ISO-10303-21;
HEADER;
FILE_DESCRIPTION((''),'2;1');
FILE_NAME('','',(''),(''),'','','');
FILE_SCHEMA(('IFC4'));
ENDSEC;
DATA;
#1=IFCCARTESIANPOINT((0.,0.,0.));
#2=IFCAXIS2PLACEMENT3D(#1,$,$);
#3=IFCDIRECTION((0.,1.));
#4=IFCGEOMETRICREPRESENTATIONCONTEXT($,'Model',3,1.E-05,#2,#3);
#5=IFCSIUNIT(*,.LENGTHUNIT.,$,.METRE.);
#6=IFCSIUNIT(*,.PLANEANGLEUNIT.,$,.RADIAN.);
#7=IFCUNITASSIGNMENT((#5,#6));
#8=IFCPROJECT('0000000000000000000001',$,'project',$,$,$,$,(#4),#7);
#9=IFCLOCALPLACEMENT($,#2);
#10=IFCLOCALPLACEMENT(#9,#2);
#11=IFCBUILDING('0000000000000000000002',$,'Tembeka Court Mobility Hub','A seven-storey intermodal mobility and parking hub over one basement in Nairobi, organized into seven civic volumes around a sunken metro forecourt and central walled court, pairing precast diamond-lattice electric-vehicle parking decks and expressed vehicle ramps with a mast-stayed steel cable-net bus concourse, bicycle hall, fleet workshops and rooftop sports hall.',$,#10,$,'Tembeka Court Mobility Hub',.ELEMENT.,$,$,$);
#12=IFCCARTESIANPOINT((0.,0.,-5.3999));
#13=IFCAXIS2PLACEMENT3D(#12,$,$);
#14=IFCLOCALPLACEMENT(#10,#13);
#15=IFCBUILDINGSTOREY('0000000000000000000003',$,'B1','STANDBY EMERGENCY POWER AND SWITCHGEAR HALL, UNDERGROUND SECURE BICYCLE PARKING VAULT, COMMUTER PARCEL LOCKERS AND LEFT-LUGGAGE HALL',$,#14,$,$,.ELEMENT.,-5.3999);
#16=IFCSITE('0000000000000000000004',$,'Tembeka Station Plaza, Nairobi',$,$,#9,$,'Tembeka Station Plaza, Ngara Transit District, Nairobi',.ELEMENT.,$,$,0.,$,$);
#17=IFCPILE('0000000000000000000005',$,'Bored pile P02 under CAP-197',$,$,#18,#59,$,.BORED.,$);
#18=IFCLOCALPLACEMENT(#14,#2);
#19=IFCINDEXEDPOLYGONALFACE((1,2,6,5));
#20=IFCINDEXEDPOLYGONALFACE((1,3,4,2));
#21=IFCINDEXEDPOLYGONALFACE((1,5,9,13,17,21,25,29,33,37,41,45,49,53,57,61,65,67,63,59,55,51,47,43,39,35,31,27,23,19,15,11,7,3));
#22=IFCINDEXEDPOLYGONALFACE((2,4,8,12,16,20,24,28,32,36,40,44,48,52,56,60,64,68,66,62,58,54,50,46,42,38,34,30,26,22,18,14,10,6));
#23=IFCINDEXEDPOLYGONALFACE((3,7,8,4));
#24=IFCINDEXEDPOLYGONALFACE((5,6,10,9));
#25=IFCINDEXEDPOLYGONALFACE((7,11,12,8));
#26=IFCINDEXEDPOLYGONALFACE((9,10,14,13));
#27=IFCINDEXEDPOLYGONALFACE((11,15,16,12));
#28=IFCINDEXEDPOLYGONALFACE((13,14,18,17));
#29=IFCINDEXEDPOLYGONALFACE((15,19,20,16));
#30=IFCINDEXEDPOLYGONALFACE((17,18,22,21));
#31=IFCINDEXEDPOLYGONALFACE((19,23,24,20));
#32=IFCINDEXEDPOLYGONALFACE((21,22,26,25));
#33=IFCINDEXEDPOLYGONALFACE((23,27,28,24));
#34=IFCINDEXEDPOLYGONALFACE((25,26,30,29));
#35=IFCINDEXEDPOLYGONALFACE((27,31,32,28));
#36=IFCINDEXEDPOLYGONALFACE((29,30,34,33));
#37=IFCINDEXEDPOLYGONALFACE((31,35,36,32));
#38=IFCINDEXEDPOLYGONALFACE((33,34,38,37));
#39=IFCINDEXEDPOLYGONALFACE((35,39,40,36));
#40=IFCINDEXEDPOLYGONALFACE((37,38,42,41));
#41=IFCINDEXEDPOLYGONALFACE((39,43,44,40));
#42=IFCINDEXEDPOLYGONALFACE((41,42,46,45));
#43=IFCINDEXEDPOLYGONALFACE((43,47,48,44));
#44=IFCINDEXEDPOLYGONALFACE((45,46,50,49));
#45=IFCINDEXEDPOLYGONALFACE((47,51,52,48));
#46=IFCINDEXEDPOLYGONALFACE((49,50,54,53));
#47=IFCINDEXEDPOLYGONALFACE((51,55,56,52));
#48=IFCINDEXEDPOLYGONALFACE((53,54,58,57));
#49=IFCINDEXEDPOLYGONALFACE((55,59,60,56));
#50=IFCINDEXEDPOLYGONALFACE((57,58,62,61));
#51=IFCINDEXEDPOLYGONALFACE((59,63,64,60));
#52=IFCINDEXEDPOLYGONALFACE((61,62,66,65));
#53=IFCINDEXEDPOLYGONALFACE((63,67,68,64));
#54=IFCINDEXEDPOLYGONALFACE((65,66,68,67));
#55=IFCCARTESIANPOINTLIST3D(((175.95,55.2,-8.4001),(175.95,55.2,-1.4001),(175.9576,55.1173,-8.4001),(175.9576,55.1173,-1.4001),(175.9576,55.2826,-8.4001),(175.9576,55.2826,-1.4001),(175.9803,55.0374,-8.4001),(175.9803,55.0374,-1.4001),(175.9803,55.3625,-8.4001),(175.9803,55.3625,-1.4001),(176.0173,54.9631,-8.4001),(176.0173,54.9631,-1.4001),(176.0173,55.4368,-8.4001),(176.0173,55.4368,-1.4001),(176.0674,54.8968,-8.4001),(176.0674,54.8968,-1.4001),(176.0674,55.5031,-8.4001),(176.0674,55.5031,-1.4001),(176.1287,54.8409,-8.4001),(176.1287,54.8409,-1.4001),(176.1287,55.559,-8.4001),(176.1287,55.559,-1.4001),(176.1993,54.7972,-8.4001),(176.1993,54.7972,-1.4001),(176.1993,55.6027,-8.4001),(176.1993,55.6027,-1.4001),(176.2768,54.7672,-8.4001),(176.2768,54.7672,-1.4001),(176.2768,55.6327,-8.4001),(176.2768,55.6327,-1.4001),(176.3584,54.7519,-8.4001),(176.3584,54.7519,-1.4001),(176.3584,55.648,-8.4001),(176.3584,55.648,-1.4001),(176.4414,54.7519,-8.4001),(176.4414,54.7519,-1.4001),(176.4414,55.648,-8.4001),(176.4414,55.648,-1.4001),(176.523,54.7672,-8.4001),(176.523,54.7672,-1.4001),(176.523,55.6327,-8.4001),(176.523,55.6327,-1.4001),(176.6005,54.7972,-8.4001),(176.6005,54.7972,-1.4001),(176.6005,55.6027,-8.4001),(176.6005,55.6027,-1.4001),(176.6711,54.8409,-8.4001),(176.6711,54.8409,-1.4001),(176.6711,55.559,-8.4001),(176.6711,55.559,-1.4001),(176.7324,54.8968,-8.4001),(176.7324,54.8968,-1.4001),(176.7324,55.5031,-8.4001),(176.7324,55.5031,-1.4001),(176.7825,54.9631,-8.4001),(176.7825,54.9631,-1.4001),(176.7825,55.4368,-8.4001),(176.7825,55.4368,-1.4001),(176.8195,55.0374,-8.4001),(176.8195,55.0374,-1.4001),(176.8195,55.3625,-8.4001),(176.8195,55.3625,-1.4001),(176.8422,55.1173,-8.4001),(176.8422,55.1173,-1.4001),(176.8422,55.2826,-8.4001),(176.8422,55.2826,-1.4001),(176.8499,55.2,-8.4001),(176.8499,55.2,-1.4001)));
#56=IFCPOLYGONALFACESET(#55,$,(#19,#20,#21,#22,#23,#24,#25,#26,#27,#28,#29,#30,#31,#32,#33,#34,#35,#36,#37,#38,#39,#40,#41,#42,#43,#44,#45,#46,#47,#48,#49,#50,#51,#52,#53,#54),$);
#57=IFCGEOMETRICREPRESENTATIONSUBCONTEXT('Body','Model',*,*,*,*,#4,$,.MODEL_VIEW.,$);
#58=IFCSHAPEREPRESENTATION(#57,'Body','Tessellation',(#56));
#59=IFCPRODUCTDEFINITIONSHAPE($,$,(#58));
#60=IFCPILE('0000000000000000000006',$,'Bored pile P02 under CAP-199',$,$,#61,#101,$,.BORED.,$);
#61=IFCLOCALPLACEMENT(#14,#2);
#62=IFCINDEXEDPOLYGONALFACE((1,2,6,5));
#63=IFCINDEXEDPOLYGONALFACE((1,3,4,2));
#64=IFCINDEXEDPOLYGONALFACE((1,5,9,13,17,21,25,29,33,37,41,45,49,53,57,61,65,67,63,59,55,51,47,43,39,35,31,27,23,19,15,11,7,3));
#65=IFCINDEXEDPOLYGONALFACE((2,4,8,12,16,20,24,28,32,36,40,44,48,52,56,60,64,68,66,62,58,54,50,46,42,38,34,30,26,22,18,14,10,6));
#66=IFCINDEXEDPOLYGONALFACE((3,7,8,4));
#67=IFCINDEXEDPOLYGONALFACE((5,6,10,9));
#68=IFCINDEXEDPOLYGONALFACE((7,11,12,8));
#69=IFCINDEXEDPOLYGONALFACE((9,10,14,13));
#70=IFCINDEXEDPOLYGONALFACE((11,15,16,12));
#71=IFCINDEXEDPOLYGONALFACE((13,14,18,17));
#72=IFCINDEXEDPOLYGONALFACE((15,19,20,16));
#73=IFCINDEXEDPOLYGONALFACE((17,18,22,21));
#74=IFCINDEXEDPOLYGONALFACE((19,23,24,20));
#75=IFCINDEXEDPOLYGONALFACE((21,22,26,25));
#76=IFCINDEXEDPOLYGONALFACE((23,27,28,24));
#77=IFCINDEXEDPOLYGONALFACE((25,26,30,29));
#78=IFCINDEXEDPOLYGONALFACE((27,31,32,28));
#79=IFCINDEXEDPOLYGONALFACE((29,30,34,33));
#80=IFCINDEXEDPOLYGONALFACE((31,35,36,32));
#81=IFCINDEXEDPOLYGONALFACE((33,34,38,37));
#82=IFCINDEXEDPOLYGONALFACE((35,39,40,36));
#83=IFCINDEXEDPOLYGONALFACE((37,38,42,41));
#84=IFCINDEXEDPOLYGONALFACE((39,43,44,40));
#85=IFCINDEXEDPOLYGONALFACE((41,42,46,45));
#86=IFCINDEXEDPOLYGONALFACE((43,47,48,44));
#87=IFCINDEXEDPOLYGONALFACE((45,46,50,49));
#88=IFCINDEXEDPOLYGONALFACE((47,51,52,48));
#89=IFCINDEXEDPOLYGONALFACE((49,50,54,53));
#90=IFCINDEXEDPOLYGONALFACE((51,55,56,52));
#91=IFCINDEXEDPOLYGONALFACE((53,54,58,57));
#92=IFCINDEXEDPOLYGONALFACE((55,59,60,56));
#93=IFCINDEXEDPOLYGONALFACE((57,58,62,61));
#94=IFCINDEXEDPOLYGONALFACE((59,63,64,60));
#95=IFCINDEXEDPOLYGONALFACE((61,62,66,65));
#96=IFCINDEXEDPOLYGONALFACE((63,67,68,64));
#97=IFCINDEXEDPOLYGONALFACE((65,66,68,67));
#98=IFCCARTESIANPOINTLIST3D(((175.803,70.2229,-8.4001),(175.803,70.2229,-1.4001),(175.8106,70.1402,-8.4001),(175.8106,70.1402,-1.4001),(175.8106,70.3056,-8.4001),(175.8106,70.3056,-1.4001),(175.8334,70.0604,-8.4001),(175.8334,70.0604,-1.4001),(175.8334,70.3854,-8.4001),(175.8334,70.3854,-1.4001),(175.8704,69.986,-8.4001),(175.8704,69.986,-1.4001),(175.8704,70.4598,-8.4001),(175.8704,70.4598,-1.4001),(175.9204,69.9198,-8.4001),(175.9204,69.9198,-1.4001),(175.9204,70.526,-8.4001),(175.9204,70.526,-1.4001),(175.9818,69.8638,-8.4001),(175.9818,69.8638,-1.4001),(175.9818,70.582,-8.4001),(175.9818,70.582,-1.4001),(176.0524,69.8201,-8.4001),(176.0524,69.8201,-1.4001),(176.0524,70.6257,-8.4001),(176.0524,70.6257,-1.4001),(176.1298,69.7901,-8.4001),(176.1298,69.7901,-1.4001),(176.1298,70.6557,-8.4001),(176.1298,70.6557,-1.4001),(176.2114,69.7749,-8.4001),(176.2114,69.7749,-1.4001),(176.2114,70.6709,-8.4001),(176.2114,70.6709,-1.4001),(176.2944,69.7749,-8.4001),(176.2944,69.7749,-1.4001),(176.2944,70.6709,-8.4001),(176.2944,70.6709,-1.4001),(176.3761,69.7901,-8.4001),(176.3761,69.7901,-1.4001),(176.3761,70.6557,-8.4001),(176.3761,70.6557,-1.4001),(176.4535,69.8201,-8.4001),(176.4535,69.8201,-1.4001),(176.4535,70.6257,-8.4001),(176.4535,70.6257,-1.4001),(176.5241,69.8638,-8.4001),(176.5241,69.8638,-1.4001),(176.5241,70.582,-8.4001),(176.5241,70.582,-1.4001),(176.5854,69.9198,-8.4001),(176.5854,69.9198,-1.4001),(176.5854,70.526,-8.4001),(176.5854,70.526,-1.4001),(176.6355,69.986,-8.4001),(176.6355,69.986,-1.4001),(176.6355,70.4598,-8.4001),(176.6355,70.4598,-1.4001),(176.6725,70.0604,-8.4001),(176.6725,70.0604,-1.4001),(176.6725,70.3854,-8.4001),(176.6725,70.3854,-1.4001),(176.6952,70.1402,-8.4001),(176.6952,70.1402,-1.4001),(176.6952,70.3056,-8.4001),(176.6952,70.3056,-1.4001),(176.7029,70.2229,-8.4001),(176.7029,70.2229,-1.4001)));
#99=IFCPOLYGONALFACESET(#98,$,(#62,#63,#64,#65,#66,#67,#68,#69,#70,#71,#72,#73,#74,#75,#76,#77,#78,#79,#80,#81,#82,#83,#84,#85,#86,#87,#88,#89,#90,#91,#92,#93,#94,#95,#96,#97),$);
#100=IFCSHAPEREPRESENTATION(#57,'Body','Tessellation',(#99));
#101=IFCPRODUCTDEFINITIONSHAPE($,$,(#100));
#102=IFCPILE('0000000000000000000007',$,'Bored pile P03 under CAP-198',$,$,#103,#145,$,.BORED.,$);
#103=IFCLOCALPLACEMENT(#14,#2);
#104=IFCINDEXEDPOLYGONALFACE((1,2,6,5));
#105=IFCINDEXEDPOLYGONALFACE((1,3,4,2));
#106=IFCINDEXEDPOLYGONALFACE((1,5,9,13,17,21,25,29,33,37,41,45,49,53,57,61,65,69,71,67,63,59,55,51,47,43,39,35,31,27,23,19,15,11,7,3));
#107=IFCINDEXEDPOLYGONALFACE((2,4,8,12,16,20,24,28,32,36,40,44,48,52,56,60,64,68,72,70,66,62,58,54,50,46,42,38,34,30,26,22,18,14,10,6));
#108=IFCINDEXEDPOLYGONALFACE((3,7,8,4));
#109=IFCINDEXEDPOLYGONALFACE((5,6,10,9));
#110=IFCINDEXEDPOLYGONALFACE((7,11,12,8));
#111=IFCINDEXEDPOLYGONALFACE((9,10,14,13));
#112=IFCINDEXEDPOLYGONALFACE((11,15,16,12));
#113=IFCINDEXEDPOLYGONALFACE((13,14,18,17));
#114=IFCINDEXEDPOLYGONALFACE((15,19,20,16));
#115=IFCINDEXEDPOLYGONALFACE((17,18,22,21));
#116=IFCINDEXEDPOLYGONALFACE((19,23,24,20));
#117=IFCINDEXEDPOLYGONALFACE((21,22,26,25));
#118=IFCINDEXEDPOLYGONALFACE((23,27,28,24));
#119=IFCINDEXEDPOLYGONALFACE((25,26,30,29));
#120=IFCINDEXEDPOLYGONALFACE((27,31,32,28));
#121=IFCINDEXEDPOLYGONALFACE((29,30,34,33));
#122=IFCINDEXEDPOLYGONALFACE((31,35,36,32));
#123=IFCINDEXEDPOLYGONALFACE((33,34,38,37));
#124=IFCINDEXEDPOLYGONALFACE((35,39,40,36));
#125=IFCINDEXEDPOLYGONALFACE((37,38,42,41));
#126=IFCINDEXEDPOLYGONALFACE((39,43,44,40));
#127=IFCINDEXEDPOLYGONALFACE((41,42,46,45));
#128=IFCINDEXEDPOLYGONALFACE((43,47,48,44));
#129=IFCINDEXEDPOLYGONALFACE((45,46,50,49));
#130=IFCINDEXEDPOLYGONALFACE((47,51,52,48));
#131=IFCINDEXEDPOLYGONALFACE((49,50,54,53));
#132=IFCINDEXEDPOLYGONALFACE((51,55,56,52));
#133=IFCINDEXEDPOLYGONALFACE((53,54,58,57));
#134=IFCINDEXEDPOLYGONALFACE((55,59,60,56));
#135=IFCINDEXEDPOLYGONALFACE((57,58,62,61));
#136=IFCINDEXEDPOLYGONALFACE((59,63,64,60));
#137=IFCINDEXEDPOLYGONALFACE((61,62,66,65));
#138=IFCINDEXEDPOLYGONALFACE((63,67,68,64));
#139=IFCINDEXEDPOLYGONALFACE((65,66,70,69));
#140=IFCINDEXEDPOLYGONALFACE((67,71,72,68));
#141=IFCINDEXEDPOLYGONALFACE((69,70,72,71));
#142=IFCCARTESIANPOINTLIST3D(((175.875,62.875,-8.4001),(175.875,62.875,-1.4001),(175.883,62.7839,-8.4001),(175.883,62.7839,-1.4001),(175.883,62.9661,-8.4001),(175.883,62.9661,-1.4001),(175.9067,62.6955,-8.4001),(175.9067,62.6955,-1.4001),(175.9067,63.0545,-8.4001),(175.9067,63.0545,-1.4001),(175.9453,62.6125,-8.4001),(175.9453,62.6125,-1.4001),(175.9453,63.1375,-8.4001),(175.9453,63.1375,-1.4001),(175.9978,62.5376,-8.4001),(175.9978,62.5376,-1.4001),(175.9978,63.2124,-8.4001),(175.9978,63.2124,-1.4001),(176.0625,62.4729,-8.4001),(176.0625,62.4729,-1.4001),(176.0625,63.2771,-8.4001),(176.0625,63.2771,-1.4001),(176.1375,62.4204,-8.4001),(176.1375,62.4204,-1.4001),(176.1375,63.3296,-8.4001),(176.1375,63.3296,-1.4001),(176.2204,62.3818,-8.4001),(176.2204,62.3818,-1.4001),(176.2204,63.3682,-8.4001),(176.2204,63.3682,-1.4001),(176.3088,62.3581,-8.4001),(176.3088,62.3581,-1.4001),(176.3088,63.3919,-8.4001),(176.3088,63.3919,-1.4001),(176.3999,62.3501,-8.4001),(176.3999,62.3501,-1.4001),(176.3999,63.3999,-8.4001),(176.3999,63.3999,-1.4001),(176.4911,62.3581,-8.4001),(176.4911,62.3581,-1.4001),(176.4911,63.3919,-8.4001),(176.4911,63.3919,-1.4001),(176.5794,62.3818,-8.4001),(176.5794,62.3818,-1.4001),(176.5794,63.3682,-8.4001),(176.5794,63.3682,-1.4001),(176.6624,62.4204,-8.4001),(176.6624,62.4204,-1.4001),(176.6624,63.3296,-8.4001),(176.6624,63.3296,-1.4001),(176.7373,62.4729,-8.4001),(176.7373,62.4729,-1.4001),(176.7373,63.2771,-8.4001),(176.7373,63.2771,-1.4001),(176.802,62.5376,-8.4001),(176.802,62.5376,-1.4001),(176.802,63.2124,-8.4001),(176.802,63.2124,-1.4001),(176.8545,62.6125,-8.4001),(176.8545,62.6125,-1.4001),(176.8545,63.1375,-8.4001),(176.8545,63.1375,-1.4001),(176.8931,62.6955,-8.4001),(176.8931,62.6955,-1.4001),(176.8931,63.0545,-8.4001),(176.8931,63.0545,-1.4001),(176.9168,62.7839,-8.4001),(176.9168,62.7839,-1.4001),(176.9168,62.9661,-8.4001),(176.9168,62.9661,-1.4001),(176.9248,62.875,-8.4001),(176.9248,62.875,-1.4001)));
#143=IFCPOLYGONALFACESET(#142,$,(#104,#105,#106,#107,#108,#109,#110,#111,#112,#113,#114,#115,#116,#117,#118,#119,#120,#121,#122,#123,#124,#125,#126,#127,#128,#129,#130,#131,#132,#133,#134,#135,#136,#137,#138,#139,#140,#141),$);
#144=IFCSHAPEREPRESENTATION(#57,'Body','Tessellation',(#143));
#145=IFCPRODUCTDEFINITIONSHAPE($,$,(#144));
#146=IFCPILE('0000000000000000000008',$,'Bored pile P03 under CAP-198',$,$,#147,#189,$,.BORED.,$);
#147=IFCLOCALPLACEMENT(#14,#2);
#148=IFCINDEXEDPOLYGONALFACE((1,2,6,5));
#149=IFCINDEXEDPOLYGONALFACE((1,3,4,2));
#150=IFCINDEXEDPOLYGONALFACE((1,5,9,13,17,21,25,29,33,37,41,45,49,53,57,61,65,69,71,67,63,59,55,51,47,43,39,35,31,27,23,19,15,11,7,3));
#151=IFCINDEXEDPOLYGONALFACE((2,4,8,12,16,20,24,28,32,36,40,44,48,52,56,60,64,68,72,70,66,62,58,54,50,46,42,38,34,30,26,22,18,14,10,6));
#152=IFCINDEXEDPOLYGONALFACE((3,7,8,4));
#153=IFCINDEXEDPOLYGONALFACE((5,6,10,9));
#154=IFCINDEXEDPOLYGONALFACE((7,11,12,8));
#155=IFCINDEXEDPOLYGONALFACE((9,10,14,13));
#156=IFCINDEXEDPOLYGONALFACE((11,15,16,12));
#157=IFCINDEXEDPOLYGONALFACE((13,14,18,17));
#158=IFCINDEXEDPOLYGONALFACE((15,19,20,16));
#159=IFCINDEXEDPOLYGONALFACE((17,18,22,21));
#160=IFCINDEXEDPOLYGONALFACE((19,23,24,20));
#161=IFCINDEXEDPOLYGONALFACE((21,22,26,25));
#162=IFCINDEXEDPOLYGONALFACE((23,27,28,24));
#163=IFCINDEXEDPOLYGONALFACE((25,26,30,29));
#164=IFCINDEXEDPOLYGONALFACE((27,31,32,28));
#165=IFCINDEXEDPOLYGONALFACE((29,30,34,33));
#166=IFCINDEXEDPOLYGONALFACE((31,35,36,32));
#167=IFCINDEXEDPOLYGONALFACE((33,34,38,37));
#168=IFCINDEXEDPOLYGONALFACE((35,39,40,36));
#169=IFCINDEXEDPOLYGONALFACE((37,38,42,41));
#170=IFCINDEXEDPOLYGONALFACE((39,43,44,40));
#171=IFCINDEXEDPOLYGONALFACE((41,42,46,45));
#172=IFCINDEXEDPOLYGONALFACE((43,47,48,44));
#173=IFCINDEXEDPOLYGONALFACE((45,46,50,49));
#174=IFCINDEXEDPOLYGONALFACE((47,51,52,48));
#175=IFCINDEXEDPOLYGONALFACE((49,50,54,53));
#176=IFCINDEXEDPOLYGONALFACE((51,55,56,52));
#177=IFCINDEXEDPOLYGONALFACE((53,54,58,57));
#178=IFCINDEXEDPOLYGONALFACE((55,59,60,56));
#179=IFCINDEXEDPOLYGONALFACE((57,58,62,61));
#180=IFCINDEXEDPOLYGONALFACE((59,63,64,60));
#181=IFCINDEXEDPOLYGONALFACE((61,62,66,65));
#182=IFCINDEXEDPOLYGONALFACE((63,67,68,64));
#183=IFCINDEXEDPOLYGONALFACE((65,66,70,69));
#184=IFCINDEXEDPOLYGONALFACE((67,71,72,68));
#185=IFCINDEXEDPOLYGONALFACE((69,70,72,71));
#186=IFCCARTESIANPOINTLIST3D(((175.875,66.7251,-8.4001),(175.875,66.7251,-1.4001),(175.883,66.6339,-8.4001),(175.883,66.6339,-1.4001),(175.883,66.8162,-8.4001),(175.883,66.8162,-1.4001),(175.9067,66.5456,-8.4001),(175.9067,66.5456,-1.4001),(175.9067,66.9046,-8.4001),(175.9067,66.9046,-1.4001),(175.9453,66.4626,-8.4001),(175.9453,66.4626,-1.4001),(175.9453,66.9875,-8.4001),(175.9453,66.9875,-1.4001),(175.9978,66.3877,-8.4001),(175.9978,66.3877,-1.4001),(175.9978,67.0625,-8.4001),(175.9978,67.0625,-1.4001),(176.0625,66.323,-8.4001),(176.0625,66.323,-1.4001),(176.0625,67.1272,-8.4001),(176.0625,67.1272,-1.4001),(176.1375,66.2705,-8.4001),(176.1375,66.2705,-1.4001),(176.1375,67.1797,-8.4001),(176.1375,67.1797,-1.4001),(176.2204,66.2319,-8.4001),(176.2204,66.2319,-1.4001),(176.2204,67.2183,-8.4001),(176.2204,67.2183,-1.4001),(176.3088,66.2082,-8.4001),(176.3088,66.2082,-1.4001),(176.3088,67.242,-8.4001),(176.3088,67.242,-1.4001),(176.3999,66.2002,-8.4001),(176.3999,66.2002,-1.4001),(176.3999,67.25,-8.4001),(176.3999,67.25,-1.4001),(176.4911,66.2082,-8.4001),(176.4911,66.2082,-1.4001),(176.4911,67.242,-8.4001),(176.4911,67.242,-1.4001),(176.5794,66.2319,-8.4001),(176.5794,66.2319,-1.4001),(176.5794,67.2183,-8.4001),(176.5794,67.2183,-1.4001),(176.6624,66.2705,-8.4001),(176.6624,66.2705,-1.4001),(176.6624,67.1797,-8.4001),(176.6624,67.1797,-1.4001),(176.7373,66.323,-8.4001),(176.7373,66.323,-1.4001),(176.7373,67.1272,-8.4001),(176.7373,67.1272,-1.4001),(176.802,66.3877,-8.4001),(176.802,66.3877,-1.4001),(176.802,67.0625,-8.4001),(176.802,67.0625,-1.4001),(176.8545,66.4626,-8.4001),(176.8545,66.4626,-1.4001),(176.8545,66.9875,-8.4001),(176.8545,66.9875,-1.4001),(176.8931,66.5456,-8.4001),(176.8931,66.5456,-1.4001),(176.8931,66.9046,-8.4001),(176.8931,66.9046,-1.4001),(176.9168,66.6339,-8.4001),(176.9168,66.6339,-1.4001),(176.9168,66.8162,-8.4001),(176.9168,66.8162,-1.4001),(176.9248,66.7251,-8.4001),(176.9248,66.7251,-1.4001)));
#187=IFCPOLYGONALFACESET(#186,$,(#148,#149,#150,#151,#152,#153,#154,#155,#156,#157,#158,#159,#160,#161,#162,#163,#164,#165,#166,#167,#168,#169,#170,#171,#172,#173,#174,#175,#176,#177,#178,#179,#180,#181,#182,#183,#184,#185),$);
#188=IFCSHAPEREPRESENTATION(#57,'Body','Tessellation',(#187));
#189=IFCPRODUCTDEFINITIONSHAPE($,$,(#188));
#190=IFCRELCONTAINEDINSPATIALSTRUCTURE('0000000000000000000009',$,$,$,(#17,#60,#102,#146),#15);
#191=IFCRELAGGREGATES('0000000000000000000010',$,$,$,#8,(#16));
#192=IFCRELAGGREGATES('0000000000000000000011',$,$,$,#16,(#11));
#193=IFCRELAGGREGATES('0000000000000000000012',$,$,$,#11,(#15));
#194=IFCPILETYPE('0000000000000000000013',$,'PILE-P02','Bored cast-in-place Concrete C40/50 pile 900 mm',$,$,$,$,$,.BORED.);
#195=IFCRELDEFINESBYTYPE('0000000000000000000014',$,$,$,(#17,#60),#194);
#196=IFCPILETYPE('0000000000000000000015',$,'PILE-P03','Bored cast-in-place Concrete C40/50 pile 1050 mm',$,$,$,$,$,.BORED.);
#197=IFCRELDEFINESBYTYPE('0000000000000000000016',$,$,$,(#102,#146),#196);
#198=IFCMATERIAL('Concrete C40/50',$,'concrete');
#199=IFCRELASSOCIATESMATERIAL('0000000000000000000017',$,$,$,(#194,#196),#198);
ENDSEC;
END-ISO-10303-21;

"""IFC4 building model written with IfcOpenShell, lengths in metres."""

from ifc_helpers import new_model, si_unit, direction, frame, origin, origin_2d, place, context, subcontext, project, spatial, circle, extrude, material, material_profile, profile_set, type_object, element, save


model = new_model("IFC4")

# Units and contexts
model_context = context("Model", 3, precision=1e-05, world=origin(), true_north=direction((0.0, 1.0)))
body_context = subcontext(model_context, "Body", "Model", "MODEL_VIEW")
ifc_project = project(units=[si_unit("LENGTHUNIT", "METRE"), si_unit("PLANEANGLEUNIT", "RADIAN")], contexts=[model_context])

# Site, building, storey
site_placement = place(None, origin())
site = spatial("IfcSite", under=ifc_project, at=site_placement, Name="Tembeka Station Plaza, Nairobi", LongName="Tembeka Station Plaza, Ngara Transit District, Nairobi", CompositionType="ELEMENT", RefElevation=0.0)
building_placement = place(site_placement, origin())
building = spatial("IfcBuilding", under=site, at=building_placement, Name="Tembeka Court Mobility Hub", Description="A seven-storey intermodal mobility and parking hub over one basement in Nairobi, organized into seven civic volumes around a sunken metro forecourt and central walled court, pairing precast diamond-lattice electric-vehicle parking decks and expressed vehicle ramps with a mast-stayed steel cable-net bus concourse, bicycle hall, fleet workshops and rooftop sports hall.", LongName="Tembeka Court Mobility Hub", CompositionType="ELEMENT")
storey_placement = place(building_placement, frame((0.0, 0.0, -5.3999)))
storey = spatial("IfcBuildingStorey", under=building, at=storey_placement, Name="B1", Description="STANDBY EMERGENCY POWER AND SWITCHGEAR HALL, UNDERGROUND SECURE BICYCLE PARKING VAULT, COMMUTER PARCEL LOCKERS AND LEFT-LUGGAGE HALL", CompositionType="ELEMENT", Elevation=-5.3999)

# Shared definitions
ifc_material_1 = material(Name="Concrete C40/50", Category="concrete")

# Piles
ifc_material_profile_1 = material_profile(ifc_material_1, circle(Radius=0.45, at=origin_2d()), Name="PILE D900")
ifc_profile_set_1 = profile_set([ifc_material_profile_1], Name="Concrete C40/50")
pile_type_1 = type_object("IfcPileType", Name="PILE-P02", Description="Bored cast-in-place Concrete C40/50 pile 900 mm", PredefinedType="BORED", material=ifc_profile_set_1)
for number, where, z_axis, x_axis, name in (
    (1, (176.3999, 55.2, -1.4001), (0.0, 0.0, -1.0), (1.0, 0.0, 0.0), "Bored pile P02 under CAP-197"),
    (2, (176.2529, 70.2229, -1.4001), (0.0, 0.0, -1.0), (1.0, 0.0, 0.0), "Bored pile P02 under CAP-199"),
):
    element("IfcPile", number, at=place(storey_placement, frame(where, z_axis=z_axis, x_axis=x_axis)), inside=storey, type_object=pile_type_1, Name=name, PredefinedType="BORED", context=body_context, shape_type="SweptSolid", body=[
        extrude(circle(Radius=0.45, at=origin_2d()), origin(), (0.0, 0.0, 1.0), 7.0),
    ])
ifc_material_profile_2 = material_profile(ifc_material_1, circle(Radius=0.5249, at=origin_2d()), Name="PILE D1050")
ifc_profile_set_2 = profile_set([ifc_material_profile_2], Name="Concrete C40/50")
pile_type_2 = type_object("IfcPileType", Name="PILE-P03", Description="Bored cast-in-place Concrete C40/50 pile 1050 mm", PredefinedType="BORED", material=ifc_profile_set_2)
for number, where, z_axis, x_axis, name in (
    (3, (176.3999, 62.875, -1.4001), (0.0, 0.0, -1.0), (1.0, 0.0, 0.0), "Bored pile P03 under CAP-198"),
    (4, (176.3999, 66.7251, -1.4001), (0.0, 0.0, -1.0), (1.0, 0.0, 0.0), "Bored pile P03 under CAP-198"),
):
    element("IfcPile", number, at=place(storey_placement, frame(where, z_axis=z_axis, x_axis=x_axis)), inside=storey, type_object=pile_type_2, Name=name, PredefinedType="BORED", context=body_context, shape_type="SweptSolid", body=[
        extrude(circle(Radius=0.5249, at=origin_2d()), origin(), (0.0, 0.0, 1.0), 7.0),
    ])

save(model, "model.ifc")
